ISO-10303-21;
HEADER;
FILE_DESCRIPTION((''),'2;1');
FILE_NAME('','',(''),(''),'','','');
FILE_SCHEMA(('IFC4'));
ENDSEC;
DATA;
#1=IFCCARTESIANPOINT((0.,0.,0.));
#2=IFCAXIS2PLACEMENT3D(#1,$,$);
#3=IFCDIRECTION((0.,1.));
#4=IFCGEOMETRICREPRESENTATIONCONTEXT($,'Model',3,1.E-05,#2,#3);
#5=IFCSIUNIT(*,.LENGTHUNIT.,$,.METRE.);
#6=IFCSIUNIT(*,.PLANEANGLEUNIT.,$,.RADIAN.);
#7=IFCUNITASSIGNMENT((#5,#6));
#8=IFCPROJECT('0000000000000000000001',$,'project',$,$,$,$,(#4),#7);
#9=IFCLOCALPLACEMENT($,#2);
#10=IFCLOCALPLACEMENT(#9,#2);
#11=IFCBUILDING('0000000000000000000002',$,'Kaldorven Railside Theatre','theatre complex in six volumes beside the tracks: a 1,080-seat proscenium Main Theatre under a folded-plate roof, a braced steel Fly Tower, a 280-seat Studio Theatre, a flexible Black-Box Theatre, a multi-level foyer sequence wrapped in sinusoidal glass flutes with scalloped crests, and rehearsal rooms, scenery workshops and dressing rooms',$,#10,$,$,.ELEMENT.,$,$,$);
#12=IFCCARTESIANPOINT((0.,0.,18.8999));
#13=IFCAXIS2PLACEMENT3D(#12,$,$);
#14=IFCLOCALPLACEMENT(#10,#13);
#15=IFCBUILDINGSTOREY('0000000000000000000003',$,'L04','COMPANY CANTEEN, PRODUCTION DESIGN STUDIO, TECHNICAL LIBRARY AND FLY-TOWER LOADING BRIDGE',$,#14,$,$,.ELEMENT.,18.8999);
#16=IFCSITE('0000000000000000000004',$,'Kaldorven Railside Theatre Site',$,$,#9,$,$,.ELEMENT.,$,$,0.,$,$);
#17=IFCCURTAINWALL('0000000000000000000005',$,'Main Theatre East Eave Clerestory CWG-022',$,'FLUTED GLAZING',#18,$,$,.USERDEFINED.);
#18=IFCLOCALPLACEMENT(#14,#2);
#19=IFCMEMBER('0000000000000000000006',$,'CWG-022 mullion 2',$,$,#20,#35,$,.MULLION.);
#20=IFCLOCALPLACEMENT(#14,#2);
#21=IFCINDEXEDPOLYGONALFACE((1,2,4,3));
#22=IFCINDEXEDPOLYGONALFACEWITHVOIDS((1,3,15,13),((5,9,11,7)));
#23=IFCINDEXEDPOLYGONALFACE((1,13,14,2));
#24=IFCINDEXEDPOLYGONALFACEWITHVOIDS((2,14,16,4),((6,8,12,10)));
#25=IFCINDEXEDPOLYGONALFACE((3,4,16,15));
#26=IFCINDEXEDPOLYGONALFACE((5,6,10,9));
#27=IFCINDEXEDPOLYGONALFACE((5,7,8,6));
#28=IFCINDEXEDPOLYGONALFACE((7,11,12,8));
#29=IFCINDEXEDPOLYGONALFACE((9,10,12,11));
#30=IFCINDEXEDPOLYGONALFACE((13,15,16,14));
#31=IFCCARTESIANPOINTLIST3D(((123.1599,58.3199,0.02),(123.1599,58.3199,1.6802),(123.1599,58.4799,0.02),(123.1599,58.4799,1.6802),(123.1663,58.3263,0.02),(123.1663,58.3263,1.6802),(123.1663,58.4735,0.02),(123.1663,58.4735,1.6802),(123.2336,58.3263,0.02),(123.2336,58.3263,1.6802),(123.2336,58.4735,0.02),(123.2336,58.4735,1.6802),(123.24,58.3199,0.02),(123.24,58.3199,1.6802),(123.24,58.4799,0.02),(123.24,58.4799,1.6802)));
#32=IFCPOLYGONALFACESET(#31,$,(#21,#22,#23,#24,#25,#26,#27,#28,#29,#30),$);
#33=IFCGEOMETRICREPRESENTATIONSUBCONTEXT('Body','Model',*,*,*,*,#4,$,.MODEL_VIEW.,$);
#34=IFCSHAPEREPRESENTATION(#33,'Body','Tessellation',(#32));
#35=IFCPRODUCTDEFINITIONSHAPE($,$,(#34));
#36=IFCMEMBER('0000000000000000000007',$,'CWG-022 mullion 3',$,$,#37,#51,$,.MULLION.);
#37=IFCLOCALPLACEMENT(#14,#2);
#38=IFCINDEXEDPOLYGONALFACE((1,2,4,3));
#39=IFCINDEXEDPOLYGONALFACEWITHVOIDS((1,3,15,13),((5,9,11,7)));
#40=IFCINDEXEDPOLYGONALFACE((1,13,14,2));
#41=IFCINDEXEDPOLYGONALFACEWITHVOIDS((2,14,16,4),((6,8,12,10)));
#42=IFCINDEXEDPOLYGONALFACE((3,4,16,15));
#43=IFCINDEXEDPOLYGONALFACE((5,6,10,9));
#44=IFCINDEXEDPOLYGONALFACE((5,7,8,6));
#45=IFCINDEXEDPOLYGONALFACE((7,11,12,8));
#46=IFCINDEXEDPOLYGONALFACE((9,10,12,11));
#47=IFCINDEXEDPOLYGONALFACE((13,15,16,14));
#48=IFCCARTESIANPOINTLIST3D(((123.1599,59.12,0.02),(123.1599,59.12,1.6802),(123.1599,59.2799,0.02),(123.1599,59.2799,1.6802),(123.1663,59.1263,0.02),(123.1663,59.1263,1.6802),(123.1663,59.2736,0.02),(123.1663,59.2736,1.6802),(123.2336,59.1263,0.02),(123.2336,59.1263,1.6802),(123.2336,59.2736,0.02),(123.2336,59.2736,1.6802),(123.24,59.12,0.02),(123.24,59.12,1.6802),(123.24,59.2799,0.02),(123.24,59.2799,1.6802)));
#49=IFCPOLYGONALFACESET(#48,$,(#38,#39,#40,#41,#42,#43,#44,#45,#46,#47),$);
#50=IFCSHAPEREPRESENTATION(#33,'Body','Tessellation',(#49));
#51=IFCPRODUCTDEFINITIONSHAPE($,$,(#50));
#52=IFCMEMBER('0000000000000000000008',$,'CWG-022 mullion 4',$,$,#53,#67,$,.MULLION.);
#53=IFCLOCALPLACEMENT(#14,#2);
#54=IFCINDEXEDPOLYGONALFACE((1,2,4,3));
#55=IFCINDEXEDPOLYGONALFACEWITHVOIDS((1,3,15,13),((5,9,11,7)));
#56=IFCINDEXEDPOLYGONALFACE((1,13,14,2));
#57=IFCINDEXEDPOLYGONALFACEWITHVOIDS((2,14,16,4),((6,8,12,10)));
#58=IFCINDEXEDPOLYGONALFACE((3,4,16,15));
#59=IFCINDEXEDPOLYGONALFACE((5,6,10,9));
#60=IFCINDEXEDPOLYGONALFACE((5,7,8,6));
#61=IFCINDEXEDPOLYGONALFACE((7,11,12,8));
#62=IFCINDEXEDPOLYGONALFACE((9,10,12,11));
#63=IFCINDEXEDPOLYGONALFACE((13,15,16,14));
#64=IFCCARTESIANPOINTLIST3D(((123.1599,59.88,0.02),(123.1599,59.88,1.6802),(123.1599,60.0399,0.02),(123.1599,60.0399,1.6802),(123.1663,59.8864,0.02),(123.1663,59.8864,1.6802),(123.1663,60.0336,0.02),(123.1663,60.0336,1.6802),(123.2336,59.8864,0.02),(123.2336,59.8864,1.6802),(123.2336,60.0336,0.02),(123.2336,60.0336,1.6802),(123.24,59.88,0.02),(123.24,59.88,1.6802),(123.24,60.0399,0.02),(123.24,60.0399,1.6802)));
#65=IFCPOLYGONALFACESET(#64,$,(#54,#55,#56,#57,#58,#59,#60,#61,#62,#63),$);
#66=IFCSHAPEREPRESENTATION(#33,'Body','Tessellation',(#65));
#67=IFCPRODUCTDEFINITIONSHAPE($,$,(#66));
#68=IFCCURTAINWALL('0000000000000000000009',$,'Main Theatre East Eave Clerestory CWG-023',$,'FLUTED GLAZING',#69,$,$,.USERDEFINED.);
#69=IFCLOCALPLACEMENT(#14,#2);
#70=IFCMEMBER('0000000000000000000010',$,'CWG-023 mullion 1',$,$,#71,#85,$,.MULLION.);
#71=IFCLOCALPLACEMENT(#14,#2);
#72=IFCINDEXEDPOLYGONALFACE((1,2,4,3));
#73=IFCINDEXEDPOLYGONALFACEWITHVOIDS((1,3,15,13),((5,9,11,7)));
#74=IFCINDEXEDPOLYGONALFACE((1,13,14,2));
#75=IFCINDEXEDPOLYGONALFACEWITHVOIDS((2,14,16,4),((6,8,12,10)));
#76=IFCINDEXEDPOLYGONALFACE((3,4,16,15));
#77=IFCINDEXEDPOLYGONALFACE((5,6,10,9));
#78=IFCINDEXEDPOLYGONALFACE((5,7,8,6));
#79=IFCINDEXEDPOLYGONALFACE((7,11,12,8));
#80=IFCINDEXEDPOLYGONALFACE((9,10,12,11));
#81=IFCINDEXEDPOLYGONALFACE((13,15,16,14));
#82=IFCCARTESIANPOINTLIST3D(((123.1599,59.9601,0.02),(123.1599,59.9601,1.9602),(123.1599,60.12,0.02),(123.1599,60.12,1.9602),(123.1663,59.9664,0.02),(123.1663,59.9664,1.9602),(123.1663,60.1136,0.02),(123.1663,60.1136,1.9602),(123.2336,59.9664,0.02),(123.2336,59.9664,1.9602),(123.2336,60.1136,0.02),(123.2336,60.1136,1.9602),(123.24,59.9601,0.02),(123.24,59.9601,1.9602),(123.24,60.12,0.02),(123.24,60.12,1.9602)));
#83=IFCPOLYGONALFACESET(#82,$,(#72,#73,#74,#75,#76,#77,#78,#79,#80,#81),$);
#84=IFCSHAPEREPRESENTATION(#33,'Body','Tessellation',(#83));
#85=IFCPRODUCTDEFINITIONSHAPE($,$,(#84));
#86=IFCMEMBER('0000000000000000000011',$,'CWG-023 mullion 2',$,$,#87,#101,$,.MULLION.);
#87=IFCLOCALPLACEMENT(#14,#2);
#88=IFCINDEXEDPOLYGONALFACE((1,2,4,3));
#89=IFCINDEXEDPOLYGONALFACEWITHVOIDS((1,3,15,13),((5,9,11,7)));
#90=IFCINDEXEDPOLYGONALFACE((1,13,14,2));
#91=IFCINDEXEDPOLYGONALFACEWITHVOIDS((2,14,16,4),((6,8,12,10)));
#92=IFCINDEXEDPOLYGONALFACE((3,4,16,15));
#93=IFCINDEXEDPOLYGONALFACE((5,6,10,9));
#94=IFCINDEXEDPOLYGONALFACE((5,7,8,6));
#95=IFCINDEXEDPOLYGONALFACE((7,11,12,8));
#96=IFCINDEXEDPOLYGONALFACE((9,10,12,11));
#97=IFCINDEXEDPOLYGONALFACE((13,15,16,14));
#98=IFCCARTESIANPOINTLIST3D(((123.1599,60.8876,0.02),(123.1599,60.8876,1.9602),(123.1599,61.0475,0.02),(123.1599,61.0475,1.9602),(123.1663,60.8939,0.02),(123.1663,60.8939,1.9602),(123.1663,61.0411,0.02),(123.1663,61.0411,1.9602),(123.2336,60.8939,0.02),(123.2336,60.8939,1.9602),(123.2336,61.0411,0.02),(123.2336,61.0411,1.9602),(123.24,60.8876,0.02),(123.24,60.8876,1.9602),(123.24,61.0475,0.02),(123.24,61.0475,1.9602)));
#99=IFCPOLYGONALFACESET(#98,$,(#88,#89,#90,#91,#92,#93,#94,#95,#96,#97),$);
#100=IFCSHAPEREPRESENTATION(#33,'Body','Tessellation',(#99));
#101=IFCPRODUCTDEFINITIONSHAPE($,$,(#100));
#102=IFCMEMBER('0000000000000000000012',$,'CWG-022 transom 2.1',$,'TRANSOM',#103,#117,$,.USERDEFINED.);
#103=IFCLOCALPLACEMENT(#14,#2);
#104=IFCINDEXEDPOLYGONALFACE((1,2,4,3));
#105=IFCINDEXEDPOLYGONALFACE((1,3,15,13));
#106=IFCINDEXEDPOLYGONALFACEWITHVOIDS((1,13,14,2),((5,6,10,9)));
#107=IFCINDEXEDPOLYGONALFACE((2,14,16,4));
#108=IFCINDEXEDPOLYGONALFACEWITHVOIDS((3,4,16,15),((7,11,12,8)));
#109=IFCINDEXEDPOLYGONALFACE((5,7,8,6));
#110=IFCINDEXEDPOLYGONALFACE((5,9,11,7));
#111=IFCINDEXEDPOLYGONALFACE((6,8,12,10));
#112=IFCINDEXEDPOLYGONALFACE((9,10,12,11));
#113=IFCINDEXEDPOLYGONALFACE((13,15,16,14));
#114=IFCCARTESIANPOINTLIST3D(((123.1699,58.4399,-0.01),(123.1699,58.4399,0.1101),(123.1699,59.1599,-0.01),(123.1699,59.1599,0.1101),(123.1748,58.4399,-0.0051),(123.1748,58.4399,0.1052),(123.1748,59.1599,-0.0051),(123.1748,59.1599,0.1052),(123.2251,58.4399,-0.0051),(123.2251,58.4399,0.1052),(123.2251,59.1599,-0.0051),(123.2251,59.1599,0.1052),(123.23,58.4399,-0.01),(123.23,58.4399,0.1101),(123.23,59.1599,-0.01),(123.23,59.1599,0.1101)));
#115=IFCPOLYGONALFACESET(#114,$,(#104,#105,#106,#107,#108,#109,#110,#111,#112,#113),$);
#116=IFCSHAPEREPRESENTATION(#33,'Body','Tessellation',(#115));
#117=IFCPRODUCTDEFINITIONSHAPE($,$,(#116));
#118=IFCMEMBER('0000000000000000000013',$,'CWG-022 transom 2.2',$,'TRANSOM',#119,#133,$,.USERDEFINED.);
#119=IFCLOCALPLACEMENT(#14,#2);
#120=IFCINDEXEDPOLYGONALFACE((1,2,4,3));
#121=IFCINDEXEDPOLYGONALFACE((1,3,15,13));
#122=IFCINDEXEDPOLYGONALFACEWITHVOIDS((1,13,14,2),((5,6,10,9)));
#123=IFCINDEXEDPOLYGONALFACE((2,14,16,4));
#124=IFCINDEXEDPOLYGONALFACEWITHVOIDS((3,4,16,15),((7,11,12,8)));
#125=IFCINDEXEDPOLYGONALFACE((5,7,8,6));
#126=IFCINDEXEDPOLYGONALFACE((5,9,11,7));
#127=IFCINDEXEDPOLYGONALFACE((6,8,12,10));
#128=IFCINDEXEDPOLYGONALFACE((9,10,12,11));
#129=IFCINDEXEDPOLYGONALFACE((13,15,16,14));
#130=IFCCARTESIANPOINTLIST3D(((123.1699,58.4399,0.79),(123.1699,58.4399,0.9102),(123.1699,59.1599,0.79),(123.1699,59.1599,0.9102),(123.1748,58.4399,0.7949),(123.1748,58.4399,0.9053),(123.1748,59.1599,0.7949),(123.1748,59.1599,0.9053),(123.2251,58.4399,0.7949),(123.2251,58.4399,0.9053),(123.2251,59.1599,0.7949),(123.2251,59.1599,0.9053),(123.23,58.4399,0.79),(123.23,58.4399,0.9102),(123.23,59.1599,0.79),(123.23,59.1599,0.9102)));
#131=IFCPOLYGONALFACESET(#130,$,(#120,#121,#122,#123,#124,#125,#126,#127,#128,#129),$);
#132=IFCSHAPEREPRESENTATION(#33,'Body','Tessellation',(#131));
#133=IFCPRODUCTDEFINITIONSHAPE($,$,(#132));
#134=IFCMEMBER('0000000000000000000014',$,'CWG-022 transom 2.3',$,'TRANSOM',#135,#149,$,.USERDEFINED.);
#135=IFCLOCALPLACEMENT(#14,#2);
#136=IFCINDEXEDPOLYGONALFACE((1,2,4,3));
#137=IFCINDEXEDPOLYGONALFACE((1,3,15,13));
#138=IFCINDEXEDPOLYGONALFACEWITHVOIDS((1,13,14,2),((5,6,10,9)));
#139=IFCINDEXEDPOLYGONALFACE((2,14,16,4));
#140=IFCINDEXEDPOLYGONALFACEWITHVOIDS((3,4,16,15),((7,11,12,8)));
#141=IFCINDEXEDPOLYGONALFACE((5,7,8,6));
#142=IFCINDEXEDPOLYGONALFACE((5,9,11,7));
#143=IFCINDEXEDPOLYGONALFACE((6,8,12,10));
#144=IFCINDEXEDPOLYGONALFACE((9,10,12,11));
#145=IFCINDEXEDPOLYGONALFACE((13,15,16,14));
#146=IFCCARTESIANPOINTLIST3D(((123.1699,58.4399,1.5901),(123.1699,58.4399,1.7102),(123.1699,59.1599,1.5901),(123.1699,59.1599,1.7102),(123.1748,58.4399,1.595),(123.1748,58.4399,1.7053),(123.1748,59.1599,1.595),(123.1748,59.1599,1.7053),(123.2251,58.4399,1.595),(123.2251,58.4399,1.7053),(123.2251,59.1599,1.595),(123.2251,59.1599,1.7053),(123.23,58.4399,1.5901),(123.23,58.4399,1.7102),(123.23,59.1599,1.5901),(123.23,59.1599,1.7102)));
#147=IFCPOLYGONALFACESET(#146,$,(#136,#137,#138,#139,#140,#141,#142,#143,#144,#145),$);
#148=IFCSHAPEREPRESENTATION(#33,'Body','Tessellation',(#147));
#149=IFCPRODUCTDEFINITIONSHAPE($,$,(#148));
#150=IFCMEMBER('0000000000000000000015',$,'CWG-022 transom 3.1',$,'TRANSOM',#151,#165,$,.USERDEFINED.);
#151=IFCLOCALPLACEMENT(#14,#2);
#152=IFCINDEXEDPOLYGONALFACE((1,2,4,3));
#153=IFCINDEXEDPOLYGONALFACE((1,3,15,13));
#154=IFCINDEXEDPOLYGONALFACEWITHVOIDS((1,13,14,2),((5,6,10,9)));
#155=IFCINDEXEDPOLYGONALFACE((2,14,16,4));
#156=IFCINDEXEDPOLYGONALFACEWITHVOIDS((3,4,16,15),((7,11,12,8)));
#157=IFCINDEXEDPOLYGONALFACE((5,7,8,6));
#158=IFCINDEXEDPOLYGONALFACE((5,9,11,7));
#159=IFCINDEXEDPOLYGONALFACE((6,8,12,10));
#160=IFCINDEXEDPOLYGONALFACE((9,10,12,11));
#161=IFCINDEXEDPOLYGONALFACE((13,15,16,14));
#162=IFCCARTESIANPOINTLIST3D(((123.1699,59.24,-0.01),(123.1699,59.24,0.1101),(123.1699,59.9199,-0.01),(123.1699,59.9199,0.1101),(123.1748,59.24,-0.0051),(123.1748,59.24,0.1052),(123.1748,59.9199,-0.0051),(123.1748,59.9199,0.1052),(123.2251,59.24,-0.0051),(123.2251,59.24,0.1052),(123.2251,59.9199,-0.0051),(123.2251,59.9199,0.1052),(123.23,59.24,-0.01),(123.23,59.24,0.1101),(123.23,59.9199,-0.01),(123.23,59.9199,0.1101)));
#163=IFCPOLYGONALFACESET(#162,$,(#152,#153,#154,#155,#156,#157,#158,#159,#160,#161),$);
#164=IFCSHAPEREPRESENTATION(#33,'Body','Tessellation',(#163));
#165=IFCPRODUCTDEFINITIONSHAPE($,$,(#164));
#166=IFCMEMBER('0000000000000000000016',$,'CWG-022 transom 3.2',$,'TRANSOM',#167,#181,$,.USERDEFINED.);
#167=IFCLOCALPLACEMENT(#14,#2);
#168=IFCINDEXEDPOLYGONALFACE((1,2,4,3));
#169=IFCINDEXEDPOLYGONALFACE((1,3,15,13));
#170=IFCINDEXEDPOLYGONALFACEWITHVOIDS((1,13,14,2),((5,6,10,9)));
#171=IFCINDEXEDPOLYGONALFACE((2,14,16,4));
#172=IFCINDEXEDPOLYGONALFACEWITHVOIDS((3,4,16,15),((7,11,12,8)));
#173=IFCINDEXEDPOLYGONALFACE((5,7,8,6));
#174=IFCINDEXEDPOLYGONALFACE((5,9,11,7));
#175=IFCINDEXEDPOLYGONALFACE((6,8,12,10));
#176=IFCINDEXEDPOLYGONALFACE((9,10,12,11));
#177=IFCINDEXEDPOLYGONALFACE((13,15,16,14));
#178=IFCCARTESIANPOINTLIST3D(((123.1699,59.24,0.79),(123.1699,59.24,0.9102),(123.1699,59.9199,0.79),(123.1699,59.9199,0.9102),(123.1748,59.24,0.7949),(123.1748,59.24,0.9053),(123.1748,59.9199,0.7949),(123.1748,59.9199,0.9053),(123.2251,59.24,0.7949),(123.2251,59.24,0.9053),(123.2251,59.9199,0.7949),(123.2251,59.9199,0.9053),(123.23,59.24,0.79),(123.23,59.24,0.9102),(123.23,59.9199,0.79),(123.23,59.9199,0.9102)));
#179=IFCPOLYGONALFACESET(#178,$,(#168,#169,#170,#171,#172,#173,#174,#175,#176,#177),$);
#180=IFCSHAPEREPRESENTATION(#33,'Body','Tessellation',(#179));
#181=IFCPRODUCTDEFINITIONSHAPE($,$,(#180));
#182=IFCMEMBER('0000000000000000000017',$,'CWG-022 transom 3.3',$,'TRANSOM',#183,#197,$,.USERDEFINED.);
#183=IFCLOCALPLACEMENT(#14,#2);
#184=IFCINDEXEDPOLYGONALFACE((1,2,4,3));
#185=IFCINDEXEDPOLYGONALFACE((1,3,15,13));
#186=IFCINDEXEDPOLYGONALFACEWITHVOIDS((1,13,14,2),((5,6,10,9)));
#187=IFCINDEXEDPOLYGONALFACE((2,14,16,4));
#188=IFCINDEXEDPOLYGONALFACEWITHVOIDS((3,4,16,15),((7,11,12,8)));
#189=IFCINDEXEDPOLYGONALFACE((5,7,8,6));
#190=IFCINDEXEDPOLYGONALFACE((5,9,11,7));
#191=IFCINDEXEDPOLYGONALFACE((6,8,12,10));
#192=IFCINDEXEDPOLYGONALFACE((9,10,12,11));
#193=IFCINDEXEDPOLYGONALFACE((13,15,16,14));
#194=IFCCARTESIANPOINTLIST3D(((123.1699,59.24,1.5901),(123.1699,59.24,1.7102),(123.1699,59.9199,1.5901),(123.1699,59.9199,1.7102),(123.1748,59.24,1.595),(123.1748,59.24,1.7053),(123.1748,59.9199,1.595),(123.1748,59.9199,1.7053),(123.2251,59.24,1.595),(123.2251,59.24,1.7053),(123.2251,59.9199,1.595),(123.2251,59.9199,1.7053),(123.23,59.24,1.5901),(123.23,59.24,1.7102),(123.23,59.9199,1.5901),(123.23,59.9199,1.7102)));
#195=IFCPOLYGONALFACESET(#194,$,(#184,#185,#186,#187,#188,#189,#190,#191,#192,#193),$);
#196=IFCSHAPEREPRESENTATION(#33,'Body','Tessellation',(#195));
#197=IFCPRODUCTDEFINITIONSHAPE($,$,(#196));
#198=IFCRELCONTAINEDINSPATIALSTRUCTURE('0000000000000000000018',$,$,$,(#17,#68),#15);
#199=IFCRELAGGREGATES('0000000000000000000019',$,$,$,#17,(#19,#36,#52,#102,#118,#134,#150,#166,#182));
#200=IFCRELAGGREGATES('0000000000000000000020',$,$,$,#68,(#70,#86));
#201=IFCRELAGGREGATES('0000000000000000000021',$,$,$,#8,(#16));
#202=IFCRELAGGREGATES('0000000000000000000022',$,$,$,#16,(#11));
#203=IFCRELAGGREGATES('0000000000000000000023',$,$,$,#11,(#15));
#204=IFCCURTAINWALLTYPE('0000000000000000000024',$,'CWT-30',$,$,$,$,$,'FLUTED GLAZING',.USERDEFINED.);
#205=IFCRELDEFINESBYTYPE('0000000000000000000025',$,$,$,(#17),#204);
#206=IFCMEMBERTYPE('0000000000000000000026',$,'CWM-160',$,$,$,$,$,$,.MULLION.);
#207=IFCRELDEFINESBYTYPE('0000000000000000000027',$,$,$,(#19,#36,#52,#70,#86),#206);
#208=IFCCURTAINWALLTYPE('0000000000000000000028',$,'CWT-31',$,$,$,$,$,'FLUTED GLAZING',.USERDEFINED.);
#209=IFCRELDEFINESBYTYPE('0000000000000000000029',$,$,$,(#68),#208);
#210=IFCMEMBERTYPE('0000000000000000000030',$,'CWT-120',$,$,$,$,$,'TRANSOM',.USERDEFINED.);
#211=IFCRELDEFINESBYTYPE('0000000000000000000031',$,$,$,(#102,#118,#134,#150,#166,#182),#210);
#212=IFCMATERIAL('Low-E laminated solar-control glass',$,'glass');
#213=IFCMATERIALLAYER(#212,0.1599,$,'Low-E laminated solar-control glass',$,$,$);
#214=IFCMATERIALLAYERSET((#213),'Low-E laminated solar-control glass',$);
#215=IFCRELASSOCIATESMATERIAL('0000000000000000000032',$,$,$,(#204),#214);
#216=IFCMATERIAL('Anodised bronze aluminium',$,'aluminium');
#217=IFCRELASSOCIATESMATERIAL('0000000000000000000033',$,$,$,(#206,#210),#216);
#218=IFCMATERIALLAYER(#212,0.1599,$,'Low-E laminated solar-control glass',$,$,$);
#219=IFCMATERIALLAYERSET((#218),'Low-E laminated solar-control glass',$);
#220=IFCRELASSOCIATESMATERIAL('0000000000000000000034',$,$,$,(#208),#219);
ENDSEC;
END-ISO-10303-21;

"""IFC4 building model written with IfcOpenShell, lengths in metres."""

from ifc_helpers import new_model, si_unit, direction, frame, origin, origin_2d, place, context, subcontext, project, spatial, hollow_rectangle, extrude, material, layer, layer_set, material_profile, profile_set, type_object, element, aggregate, save


model = new_model("IFC4")

# Units and contexts
model_context = context("Model", 3, precision=1e-05, world=origin(), true_north=direction((0.0, 1.0)))
body_context = subcontext(model_context, "Body", "Model", "MODEL_VIEW")
ifc_project = project(units=[si_unit("LENGTHUNIT", "METRE"), si_unit("PLANEANGLEUNIT", "RADIAN")], contexts=[model_context])

# Site, building, storey
site_placement = place(None, origin())
site = spatial("IfcSite", under=ifc_project, at=site_placement, Name="Kaldorven Railside Theatre Site", CompositionType="ELEMENT", RefElevation=0.0)
building_placement = place(site_placement, origin())
building = spatial("IfcBuilding", under=site, at=building_placement, Name="Kaldorven Railside Theatre", Description="theatre complex in six volumes beside the tracks: a 1,080-seat proscenium Main Theatre under a folded-plate roof, a braced steel Fly Tower, a 280-seat Studio Theatre, a flexible Black-Box Theatre, a multi-level foyer sequence wrapped in sinusoidal glass flutes with scalloped crests, and rehearsal rooms, scenery workshops and dressing rooms", CompositionType="ELEMENT")
storey_placement = place(building_placement, frame((0.0, 0.0, 18.8999)))
storey = spatial("IfcBuildingStorey", under=building, at=storey_placement, Name="L04", Description="COMPANY CANTEEN, PRODUCTION DESIGN STUDIO, TECHNICAL LIBRARY AND FLY-TOWER LOADING BRIDGE", CompositionType="ELEMENT", Elevation=18.8999)

# Curtain walls, members
ifc_material_1 = material(Name="Low-E laminated solar-control glass", Category="glass")
ifc_layer_1 = layer(ifc_material_1, 0.1599, Name="Low-E laminated solar-control glass")
ifc_layer_set_1 = layer_set([ifc_layer_1], Name="Low-E laminated solar-control glass")
curtain_wall_type_1 = type_object("IfcCurtainWallType", Name="CWT-30", ElementType="FLUTED GLAZING", PredefinedType="USERDEFINED", material=ifc_layer_set_1)
curtain_wall_1_placement = place(storey_placement, origin())
curtain_wall_1 = element("IfcCurtainWall", 1, at=curtain_wall_1_placement, inside=storey, type_object=curtain_wall_type_1, Name="Main Theatre East Eave Clerestory CWG-022", ObjectType="FLUTED GLAZING", PredefinedType="USERDEFINED")
ifc_material_2 = material(Name="Anodised bronze aluminium", Category="aluminium")
ifc_material_profile_1 = material_profile(ifc_material_2, hollow_rectangle(XDim=0.0801, YDim=0.1599, WallThickness=0.0063, at=origin_2d()), Name="RHS 160x80x6.3")
ifc_profile_set_1 = profile_set([ifc_material_profile_1], Name="Anodised bronze aluminium")
member_type_1 = type_object("IfcMemberType", Name="CWM-160", PredefinedType="MULLION", material=ifc_profile_set_1)
member_1_placement = place(storey_placement, frame((123.2, 58.3999, 0.02), z_axis=(0.0, 0.0, 1.0), x_axis=(-1.0, 0.0, 0.0)))
member_1 = element("IfcMember", 2, at=member_1_placement, type_object=member_type_1, Name="CWG-022 mullion 2", PredefinedType="MULLION", context=body_context, shape_type="SweptSolid", body=[
    extrude(hollow_rectangle(XDim=0.0801, YDim=0.1599, WallThickness=0.0063, at=origin_2d()), origin(), (0.0, 0.0, 1.0), 1.6602),
])
member_2_placement = place(storey_placement, frame((123.2, 59.2, 0.02), z_axis=(0.0, 0.0, 1.0), x_axis=(-1.0, 0.0, 0.0)))
member_2 = element("IfcMember", 3, at=member_2_placement, type_object=member_type_1, Name="CWG-022 mullion 3", PredefinedType="MULLION", context=body_context, shape_type="SweptSolid", body=[
    extrude(hollow_rectangle(XDim=0.0801, YDim=0.1599, WallThickness=0.0063, at=origin_2d()), origin(), (0.0, 0.0, 1.0), 1.6602),
])
member_3_placement = place(storey_placement, frame((123.2, 59.96, 0.02), z_axis=(0.0, 0.0, 1.0), x_axis=(-1.0, 0.0, 0.0)))
member_3 = element("IfcMember", 4, at=member_3_placement, type_object=member_type_1, Name="CWG-022 mullion 4", PredefinedType="MULLION", context=body_context, shape_type="SweptSolid", body=[
    extrude(hollow_rectangle(XDim=0.0801, YDim=0.1599, WallThickness=0.0063, at=origin_2d()), origin(), (0.0, 0.0, 1.0), 1.6602),
])
ifc_layer_2 = layer(ifc_material_1, 0.1599, Name="Low-E laminated solar-control glass")
ifc_layer_set_2 = layer_set([ifc_layer_2], Name="Low-E laminated solar-control glass")
curtain_wall_type_2 = type_object("IfcCurtainWallType", Name="CWT-31", ElementType="FLUTED GLAZING", PredefinedType="USERDEFINED", material=ifc_layer_set_2)
curtain_wall_2_placement = place(storey_placement, origin())
curtain_wall_2 = element("IfcCurtainWall", 5, at=curtain_wall_2_placement, inside=storey, type_object=curtain_wall_type_2, Name="Main Theatre East Eave Clerestory CWG-023", ObjectType="FLUTED GLAZING", PredefinedType="USERDEFINED")
member_4_placement = place(storey_placement, frame((123.2, 60.04, 0.02), z_axis=(0.0, 0.0, 1.0), x_axis=(-1.0, 0.0, 0.0)))
member_4 = element("IfcMember", 6, at=member_4_placement, type_object=member_type_1, Name="CWG-023 mullion 1", PredefinedType="MULLION", context=body_context, shape_type="SweptSolid", body=[
    extrude(hollow_rectangle(XDim=0.0801, YDim=0.1599, WallThickness=0.0063, at=origin_2d()), origin(), (0.0, 0.0, 1.0), 1.9402),
])
member_5_placement = place(storey_placement, frame((123.2, 60.9675, 0.02), z_axis=(0.0, 0.0, 1.0), x_axis=(-1.0, 0.0, 0.0)))
member_5 = element("IfcMember", 7, at=member_5_placement, type_object=member_type_1, Name="CWG-023 mullion 2", PredefinedType="MULLION", context=body_context, shape_type="SweptSolid", body=[
    extrude(hollow_rectangle(XDim=0.0801, YDim=0.1599, WallThickness=0.0063, at=origin_2d()), origin(), (0.0, 0.0, 1.0), 1.9402),
])

# Members
ifc_material_profile_2 = material_profile(ifc_material_2, hollow_rectangle(XDim=0.0601, YDim=0.1201, WallThickness=0.0049, at=origin_2d()), Name="RHS 120x60x5")
ifc_profile_set_2 = profile_set([ifc_material_profile_2], Name="Anodised bronze aluminium")
member_type_2 = type_object("IfcMemberType", Name="CWT-120", ElementType="TRANSOM", PredefinedType="USERDEFINED", material=ifc_profile_set_2)
member_6_placement = place(storey_placement, frame((123.2, 58.4399, 0.05), z_axis=(0.0, 1.0, 0.0), x_axis=(-1.0, 0.0, 0.0)))
member_6 = element("IfcMember", 8, at=member_6_placement, type_object=member_type_2, Name="CWG-022 transom 2.1", ObjectType="TRANSOM", PredefinedType="USERDEFINED", context=body_context, shape_type="SweptSolid", body=[
    extrude(hollow_rectangle(XDim=0.0601, YDim=0.1201, WallThickness=0.0049, at=origin_2d()), origin(), (0.0, 0.0, 1.0), 0.72),
])
member_7_placement = place(storey_placement, frame((123.2, 58.4399, 0.8501), z_axis=(0.0, 1.0, 0.0), x_axis=(-1.0, 0.0, 0.0)))
member_7 = element("IfcMember", 9, at=member_7_placement, type_object=member_type_2, Name="CWG-022 transom 2.2", ObjectType="TRANSOM", PredefinedType="USERDEFINED", context=body_context, shape_type="SweptSolid", body=[
    extrude(hollow_rectangle(XDim=0.0601, YDim=0.1201, WallThickness=0.0049, at=origin_2d()), origin(), (0.0, 0.0, 1.0), 0.72),
])
member_8_placement = place(storey_placement, frame((123.2, 58.4399, 1.6501), z_axis=(0.0, 1.0, 0.0), x_axis=(-1.0, 0.0, 0.0)))
member_8 = element("IfcMember", 10, at=member_8_placement, type_object=member_type_2, Name="CWG-022 transom 2.3", ObjectType="TRANSOM", PredefinedType="USERDEFINED", context=body_context, shape_type="SweptSolid", body=[
    extrude(hollow_rectangle(XDim=0.0601, YDim=0.1201, WallThickness=0.0049, at=origin_2d()), origin(), (0.0, 0.0, 1.0), 0.72),
])
member_9_placement = place(storey_placement, frame((123.2, 59.24, 0.05), z_axis=(0.0, 1.0, 0.0), x_axis=(-1.0, 0.0, 0.0)))
member_9 = element("IfcMember", 11, at=member_9_placement, type_object=member_type_2, Name="CWG-022 transom 3.1", ObjectType="TRANSOM", PredefinedType="USERDEFINED", context=body_context, shape_type="SweptSolid", body=[
    extrude(hollow_rectangle(XDim=0.0601, YDim=0.1201, WallThickness=0.0049, at=origin_2d()), origin(), (0.0, 0.0, 1.0), 0.6799),
])
member_10_placement = place(storey_placement, frame((123.2, 59.24, 0.8501), z_axis=(0.0, 1.0, 0.0), x_axis=(-1.0, 0.0, 0.0)))
member_10 = element("IfcMember", 12, at=member_10_placement, type_object=member_type_2, Name="CWG-022 transom 3.2", ObjectType="TRANSOM", PredefinedType="USERDEFINED", context=body_context, shape_type="SweptSolid", body=[
    extrude(hollow_rectangle(XDim=0.0601, YDim=0.1201, WallThickness=0.0049, at=origin_2d()), origin(), (0.0, 0.0, 1.0), 0.6799),
])
member_11_placement = place(storey_placement, frame((123.2, 59.24, 1.6501), z_axis=(0.0, 1.0, 0.0), x_axis=(-1.0, 0.0, 0.0)))
member_11 = element("IfcMember", 13, at=member_11_placement, type_object=member_type_2, Name="CWG-022 transom 3.3", ObjectType="TRANSOM", PredefinedType="USERDEFINED", context=body_context, shape_type="SweptSolid", body=[
    extrude(hollow_rectangle(XDim=0.0601, YDim=0.1201, WallThickness=0.0049, at=origin_2d()), origin(), (0.0, 0.0, 1.0), 0.6799),
])

aggregate(curtain_wall_1, [member_1, member_2, member_3, member_6, member_7, member_8, member_9, member_10, member_11])
aggregate(curtain_wall_2, [member_4, member_5])

save(model, "model.ifc")
